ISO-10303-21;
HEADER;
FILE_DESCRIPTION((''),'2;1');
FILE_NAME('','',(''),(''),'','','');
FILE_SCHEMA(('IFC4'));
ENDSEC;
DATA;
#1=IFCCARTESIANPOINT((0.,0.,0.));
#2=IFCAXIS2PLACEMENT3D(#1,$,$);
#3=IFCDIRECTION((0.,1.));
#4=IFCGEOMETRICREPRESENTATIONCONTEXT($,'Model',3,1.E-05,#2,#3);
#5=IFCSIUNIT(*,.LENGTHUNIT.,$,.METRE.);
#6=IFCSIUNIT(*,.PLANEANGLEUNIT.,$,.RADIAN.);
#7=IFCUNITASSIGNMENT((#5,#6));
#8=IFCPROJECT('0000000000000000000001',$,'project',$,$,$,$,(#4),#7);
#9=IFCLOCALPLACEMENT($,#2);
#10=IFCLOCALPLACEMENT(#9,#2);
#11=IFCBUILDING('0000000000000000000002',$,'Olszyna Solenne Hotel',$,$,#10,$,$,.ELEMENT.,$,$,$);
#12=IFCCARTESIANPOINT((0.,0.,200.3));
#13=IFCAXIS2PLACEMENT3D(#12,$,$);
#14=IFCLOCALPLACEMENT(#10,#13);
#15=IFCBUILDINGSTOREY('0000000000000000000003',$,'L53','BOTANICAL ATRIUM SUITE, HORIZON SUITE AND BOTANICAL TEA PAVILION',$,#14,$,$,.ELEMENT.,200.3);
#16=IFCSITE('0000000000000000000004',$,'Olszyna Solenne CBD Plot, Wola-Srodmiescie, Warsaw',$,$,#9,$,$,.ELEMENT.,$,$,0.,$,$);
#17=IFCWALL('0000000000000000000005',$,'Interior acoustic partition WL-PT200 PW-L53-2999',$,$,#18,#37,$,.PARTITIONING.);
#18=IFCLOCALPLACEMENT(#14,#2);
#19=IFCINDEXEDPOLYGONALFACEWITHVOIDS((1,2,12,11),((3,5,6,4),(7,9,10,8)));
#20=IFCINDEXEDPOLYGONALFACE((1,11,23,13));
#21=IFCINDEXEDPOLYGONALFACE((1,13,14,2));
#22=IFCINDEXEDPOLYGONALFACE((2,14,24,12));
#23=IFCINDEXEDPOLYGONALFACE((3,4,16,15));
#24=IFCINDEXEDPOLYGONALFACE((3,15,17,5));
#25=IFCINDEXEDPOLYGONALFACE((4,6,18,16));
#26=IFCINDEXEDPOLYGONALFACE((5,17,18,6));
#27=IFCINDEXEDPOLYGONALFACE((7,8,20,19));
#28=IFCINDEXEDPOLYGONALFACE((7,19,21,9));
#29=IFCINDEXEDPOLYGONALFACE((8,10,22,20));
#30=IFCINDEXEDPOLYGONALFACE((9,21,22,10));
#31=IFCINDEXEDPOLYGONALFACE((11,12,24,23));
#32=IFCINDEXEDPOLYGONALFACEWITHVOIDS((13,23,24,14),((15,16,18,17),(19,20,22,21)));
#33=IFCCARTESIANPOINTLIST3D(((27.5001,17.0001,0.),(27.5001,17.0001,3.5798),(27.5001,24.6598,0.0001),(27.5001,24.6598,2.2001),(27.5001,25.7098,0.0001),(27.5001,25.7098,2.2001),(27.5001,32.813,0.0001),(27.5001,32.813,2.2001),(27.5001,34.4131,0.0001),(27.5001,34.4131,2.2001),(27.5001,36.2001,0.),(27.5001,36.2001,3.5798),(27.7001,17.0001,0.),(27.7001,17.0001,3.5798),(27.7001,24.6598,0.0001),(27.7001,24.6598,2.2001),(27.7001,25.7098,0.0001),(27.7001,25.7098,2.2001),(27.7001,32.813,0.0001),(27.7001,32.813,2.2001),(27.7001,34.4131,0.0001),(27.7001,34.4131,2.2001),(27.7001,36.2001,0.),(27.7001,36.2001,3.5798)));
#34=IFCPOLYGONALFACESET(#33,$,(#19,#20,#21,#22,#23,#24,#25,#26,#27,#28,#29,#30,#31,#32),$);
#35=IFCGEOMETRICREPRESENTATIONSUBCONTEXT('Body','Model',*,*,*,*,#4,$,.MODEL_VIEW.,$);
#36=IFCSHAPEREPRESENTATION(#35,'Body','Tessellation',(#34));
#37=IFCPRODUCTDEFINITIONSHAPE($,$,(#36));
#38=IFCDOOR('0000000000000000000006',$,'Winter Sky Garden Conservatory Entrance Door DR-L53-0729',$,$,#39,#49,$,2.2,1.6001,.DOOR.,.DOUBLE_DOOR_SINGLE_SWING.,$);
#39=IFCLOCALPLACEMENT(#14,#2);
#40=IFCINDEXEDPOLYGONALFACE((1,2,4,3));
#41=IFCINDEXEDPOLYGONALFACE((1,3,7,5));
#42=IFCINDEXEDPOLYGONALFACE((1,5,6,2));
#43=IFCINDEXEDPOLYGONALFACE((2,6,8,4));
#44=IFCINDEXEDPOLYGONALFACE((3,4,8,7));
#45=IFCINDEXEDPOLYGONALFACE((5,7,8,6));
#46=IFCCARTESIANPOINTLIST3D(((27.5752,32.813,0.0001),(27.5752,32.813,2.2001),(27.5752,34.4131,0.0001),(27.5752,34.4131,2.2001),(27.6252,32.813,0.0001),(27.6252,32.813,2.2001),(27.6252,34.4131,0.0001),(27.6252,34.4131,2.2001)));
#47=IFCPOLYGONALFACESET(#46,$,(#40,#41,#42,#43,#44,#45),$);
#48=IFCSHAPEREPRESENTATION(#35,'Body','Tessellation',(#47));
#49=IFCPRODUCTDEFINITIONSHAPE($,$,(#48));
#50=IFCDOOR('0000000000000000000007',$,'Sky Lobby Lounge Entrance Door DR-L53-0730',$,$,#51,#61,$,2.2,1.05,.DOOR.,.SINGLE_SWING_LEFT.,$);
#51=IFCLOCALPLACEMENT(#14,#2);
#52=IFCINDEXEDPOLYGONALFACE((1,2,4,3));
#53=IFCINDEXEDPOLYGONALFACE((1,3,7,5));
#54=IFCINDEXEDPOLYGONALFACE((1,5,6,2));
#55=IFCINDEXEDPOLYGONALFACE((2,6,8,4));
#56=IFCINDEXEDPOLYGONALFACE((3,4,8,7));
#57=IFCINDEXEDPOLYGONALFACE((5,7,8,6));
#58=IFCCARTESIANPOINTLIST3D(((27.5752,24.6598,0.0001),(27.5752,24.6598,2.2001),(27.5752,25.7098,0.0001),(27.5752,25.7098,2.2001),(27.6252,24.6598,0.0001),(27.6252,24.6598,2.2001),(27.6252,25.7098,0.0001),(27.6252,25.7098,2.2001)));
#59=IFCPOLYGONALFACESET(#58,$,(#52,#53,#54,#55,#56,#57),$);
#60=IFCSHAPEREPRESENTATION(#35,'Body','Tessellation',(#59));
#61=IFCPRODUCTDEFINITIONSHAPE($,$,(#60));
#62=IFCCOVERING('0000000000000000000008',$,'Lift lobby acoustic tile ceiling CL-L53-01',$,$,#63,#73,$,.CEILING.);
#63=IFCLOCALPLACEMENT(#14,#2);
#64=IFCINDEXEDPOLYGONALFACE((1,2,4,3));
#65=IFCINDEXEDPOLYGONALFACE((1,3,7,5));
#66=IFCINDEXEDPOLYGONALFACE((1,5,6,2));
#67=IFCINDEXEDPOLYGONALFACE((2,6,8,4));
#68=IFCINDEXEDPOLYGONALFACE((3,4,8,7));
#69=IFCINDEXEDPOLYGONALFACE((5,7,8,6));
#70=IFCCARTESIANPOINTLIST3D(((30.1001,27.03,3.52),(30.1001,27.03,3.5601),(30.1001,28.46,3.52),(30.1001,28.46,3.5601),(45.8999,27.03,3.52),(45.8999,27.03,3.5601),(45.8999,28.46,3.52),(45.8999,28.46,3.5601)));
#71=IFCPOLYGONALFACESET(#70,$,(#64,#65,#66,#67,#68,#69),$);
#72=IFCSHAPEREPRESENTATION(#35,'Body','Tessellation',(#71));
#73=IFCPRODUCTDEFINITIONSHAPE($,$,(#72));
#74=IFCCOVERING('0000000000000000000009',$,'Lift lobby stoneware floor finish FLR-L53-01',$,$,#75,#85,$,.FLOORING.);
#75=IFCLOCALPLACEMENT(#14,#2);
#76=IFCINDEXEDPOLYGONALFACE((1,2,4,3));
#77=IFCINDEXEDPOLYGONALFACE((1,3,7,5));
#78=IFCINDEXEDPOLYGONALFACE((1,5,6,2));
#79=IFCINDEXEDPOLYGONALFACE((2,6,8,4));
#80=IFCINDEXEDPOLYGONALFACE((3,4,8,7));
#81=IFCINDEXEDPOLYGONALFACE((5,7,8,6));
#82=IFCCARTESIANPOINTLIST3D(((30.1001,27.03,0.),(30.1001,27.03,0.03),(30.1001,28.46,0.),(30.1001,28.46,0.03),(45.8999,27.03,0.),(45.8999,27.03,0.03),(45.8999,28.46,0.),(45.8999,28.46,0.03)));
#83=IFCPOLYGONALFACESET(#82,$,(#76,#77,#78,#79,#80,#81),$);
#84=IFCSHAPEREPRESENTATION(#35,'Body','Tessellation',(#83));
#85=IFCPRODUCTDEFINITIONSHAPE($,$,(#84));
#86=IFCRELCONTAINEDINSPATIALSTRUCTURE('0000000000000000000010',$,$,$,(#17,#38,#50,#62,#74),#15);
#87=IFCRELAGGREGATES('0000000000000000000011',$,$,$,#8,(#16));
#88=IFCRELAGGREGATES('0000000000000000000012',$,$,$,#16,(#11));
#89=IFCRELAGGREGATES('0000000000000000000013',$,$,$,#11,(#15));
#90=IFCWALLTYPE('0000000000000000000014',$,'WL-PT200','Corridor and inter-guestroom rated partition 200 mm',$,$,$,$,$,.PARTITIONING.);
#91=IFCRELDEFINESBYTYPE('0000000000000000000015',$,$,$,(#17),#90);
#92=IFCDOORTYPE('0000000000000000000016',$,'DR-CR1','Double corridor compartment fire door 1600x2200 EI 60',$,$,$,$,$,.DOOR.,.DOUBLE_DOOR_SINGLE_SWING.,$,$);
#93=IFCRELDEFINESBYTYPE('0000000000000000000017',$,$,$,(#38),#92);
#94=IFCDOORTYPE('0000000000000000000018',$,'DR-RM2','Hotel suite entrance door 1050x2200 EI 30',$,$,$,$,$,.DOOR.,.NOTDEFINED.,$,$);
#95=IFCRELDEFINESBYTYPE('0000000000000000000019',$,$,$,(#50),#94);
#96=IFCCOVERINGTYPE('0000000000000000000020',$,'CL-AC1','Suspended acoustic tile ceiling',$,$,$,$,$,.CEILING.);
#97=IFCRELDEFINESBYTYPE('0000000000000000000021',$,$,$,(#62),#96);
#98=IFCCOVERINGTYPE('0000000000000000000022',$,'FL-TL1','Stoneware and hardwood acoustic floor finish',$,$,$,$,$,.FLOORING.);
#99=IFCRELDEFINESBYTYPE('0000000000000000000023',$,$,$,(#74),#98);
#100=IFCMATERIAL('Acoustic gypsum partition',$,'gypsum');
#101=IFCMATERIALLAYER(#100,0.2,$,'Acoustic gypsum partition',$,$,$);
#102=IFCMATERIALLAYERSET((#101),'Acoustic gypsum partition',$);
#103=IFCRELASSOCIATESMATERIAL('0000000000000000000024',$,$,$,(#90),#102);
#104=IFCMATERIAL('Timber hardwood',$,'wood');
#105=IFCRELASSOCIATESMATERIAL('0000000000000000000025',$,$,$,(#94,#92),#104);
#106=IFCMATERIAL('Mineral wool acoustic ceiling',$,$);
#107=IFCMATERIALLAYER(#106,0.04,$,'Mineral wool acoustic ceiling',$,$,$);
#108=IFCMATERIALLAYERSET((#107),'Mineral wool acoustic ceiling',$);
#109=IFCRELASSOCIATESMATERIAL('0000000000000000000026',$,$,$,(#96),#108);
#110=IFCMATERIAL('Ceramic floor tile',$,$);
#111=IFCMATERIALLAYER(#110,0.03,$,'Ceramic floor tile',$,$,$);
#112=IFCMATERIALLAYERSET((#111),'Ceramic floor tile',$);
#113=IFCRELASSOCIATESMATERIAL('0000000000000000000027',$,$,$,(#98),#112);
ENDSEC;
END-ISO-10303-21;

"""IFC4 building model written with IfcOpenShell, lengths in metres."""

from ifc_helpers import new_model, si_unit, direction, frame, frame_2d, origin, place, context, subcontext, project, spatial, polyline, rectangle, outline, extrude, source, transform, mapped, material, layer, layer_set, type_object, type_shapes, element, fill, save


model = new_model("IFC4")

# Units and contexts
model_context = context("Model", 3, precision=1e-05, world=origin(), true_north=direction((0.0, 1.0)))
body_context = subcontext(model_context, "Body", "Model", "MODEL_VIEW")
ifc_project = project(units=[si_unit("LENGTHUNIT", "METRE"), si_unit("PLANEANGLEUNIT", "RADIAN")], contexts=[model_context])

# Site, building, storey
site_placement = place(None, origin())
site = spatial("IfcSite", under=ifc_project, at=site_placement, Name="Olszyna Solenne CBD Plot, Wola-Srodmiescie, Warsaw", CompositionType="ELEMENT", RefElevation=0.0)
building_placement = place(site_placement, origin())
building = spatial("IfcBuilding", under=site, at=building_placement, Name="Olszyna Solenne Hotel", CompositionType="ELEMENT")
storey_placement = place(building_placement, frame((0.0, 0.0, 200.3)))
storey = spatial("IfcBuildingStorey", under=building, at=storey_placement, Name="L53", Description="BOTANICAL ATRIUM SUITE, HORIZON SUITE AND BOTANICAL TEA PAVILION", CompositionType="ELEMENT", Elevation=200.3)

# Shared definitions
ifc_material_1 = material(Name="Acoustic gypsum partition", Category="gypsum")
ifc_layer_1 = layer(ifc_material_1, 0.2, Name="Acoustic gypsum partition")
ifc_layer_set_1 = layer_set([ifc_layer_1], Name="Acoustic gypsum partition")
wall_type_1 = type_object("IfcWallType", Name="WL-PT200", Description="Corridor and inter-guestroom rated partition 200 mm", PredefinedType="PARTITIONING", material=ifc_layer_set_1)

# Wall, openings, doors
ifc_material_2 = material(Name="Timber hardwood", Category="wood")
door_type_1 = type_object("IfcDoorType", Name="DR-RM2", Description="Hotel suite entrance door 1050x2200 EI 30", OperationType="NOTDEFINED", PredefinedType="DOOR", material=ifc_material_2)
shared_shape_1 = source(origin(), body_context, "Body", "SweptSolid", [
    extrude(rectangle(XDim=1.05, YDim=2.2, at=frame_2d((0.5249, 1.1001))), frame((0.0, 0.0249, 0.0), z_axis=(0.0, -1.0, 0.0), x_axis=(1.0, 0.0, 0.0)), (0.0, 0.0, 1.0), 0.05),
])
type_shapes(door_type_1, [shared_shape_1])
wall_1_placement = place(storey_placement, frame((27.6001, 17.0, 0.0), z_axis=(0.0, 0.0, 1.0), x_axis=(0.0, 1.0, 0.0)))
wall_1 = element("IfcWall", 1, at=wall_1_placement, inside=storey, type_object=wall_type_1, Name="Interior acoustic partition WL-PT200 PW-L53-2999", PredefinedType="PARTITIONING", context=body_context, shape_type="SweptSolid", body=[
    extrude(rectangle(XDim=19.2, YDim=0.2, at=frame_2d((9.6001, 0.0))), origin(), (0.0, 0.0, 1.0), 3.5798),
])
opening_1_placement = place(wall_1_placement, frame((15.813, 0.0, 0.0)))
opening_1 = element("IfcOpeningElement", 2, at=opening_1_placement, cuts=wall_1, PredefinedType="OPENING", context=body_context, shape_type="SweptSolid", body=[
    extrude(rectangle(XDim=1.6001, YDim=2.2, at=frame_2d((0.8, 1.1001))), frame((0.0, 0.1099, 0.0), z_axis=(0.0, -1.0, 0.0), x_axis=(1.0, 0.0, 0.0)), (0.0, 0.0, 1.0), 0.22),
])
opening_2_placement = place(wall_1_placement, frame((7.6599, 0.0, 0.0)))
opening_2 = element("IfcOpeningElement", 3, at=opening_2_placement, cuts=wall_1, PredefinedType="OPENING", context=body_context, shape_type="SweptSolid", body=[
    extrude(rectangle(XDim=1.05, YDim=2.2, at=frame_2d((0.5249, 1.1001))), frame((0.0, 0.1099, 0.0), z_axis=(0.0, -1.0, 0.0), x_axis=(1.0, 0.0, 0.0)), (0.0, 0.0, 1.0), 0.22),
])
door_type_2 = type_object("IfcDoorType", Name="DR-CR1", Description="Double corridor compartment fire door 1600x2200 EI 60", OperationType="DOUBLE_DOOR_SINGLE_SWING", PredefinedType="DOOR", material=ifc_material_2)
shared_shape_2 = source(origin(), body_context, "Body", "SweptSolid", [
    extrude(rectangle(XDim=1.6001, YDim=2.2, at=frame_2d((0.8, 1.1001))), frame((0.0, 0.0249, 0.0), z_axis=(0.0, -1.0, 0.0), x_axis=(1.0, 0.0, 0.0)), (0.0, 0.0, 1.0), 0.05),
])
type_shapes(door_type_2, [shared_shape_2])
door_1_placement = place(opening_1_placement, origin())
door_1 = element("IfcDoor", 4, at=door_1_placement, inside=storey, type_object=door_type_2, Name="Winter Sky Garden Conservatory Entrance Door DR-L53-0729", OperationType="DOUBLE_DOOR_SINGLE_SWING", OverallHeight=2.2, OverallWidth=1.6001, PredefinedType="DOOR", context=body_context, shape_type="MappedRepresentation", body=[
    mapped(shared_shape_2, transform((0.0, 0.0, 0.0), x_axis=(1.0, 0.0, 0.0), y_axis=(0.0, 1.0, 0.0), z_axis=(0.0, 0.0, 1.0), scale=1.0)),
])
fill(opening_1, door_1)
door_2_placement = place(opening_2_placement, origin())
door_2 = element("IfcDoor", 5, at=door_2_placement, inside=storey, type_object=door_type_1, Name="Sky Lobby Lounge Entrance Door DR-L53-0730", OperationType="SINGLE_SWING_LEFT", OverallHeight=2.2, OverallWidth=1.05, PredefinedType="DOOR", context=body_context, shape_type="MappedRepresentation", body=[
    mapped(shared_shape_1, transform((0.0, 0.0, 0.0), x_axis=(1.0, 0.0, 0.0), y_axis=(0.0, 1.0, 0.0), z_axis=(0.0, 0.0, 1.0), scale=1.0)),
])
fill(opening_2, door_2)

# Coverings
ifc_material_3 = material(Name="Mineral wool acoustic ceiling")
ifc_layer_2 = layer(ifc_material_3, 0.04, Name="Mineral wool acoustic ceiling")
ifc_layer_set_2 = layer_set([ifc_layer_2], Name="Mineral wool acoustic ceiling")
covering_type_1 = type_object("IfcCoveringType", Name="CL-AC1", Description="Suspended acoustic tile ceiling", PredefinedType="CEILING", material=ifc_layer_set_2)
covering_1_placement = place(storey_placement, frame((0.0, 0.0, 3.52)))
element("IfcCovering", 6, at=covering_1_placement, inside=storey, type_object=covering_type_1, Name="Lift lobby acoustic tile ceiling CL-L53-01", PredefinedType="CEILING", context=body_context, shape_type="SweptSolid", body=[
    extrude(outline(polyline([(30.1001, 27.03), (45.8999, 27.03), (45.8999, 28.46), (30.1001, 28.46), (30.1001, 27.03)])), origin(), (0.0, 0.0, 1.0), 0.04),
])
ifc_material_4 = material(Name="Ceramic floor tile")
ifc_layer_3 = layer(ifc_material_4, 0.03, Name="Ceramic floor tile")
ifc_layer_set_3 = layer_set([ifc_layer_3], Name="Ceramic floor tile")
covering_type_2 = type_object("IfcCoveringType", Name="FL-TL1", Description="Stoneware and hardwood acoustic floor finish", PredefinedType="FLOORING", material=ifc_layer_set_3)
covering_2_placement = place(storey_placement, origin())
element("IfcCovering", 7, at=covering_2_placement, inside=storey, type_object=covering_type_2, Name="Lift lobby stoneware floor finish FLR-L53-01", PredefinedType="FLOORING", context=body_context, shape_type="SweptSolid", body=[
    extrude(outline(polyline([(30.1001, 27.03), (45.8999, 27.03), (45.8999, 28.46), (30.1001, 28.46), (30.1001, 27.03)])), origin(), (0.0, 0.0, 1.0), 0.03),
])

save(model, "model.ifc")
